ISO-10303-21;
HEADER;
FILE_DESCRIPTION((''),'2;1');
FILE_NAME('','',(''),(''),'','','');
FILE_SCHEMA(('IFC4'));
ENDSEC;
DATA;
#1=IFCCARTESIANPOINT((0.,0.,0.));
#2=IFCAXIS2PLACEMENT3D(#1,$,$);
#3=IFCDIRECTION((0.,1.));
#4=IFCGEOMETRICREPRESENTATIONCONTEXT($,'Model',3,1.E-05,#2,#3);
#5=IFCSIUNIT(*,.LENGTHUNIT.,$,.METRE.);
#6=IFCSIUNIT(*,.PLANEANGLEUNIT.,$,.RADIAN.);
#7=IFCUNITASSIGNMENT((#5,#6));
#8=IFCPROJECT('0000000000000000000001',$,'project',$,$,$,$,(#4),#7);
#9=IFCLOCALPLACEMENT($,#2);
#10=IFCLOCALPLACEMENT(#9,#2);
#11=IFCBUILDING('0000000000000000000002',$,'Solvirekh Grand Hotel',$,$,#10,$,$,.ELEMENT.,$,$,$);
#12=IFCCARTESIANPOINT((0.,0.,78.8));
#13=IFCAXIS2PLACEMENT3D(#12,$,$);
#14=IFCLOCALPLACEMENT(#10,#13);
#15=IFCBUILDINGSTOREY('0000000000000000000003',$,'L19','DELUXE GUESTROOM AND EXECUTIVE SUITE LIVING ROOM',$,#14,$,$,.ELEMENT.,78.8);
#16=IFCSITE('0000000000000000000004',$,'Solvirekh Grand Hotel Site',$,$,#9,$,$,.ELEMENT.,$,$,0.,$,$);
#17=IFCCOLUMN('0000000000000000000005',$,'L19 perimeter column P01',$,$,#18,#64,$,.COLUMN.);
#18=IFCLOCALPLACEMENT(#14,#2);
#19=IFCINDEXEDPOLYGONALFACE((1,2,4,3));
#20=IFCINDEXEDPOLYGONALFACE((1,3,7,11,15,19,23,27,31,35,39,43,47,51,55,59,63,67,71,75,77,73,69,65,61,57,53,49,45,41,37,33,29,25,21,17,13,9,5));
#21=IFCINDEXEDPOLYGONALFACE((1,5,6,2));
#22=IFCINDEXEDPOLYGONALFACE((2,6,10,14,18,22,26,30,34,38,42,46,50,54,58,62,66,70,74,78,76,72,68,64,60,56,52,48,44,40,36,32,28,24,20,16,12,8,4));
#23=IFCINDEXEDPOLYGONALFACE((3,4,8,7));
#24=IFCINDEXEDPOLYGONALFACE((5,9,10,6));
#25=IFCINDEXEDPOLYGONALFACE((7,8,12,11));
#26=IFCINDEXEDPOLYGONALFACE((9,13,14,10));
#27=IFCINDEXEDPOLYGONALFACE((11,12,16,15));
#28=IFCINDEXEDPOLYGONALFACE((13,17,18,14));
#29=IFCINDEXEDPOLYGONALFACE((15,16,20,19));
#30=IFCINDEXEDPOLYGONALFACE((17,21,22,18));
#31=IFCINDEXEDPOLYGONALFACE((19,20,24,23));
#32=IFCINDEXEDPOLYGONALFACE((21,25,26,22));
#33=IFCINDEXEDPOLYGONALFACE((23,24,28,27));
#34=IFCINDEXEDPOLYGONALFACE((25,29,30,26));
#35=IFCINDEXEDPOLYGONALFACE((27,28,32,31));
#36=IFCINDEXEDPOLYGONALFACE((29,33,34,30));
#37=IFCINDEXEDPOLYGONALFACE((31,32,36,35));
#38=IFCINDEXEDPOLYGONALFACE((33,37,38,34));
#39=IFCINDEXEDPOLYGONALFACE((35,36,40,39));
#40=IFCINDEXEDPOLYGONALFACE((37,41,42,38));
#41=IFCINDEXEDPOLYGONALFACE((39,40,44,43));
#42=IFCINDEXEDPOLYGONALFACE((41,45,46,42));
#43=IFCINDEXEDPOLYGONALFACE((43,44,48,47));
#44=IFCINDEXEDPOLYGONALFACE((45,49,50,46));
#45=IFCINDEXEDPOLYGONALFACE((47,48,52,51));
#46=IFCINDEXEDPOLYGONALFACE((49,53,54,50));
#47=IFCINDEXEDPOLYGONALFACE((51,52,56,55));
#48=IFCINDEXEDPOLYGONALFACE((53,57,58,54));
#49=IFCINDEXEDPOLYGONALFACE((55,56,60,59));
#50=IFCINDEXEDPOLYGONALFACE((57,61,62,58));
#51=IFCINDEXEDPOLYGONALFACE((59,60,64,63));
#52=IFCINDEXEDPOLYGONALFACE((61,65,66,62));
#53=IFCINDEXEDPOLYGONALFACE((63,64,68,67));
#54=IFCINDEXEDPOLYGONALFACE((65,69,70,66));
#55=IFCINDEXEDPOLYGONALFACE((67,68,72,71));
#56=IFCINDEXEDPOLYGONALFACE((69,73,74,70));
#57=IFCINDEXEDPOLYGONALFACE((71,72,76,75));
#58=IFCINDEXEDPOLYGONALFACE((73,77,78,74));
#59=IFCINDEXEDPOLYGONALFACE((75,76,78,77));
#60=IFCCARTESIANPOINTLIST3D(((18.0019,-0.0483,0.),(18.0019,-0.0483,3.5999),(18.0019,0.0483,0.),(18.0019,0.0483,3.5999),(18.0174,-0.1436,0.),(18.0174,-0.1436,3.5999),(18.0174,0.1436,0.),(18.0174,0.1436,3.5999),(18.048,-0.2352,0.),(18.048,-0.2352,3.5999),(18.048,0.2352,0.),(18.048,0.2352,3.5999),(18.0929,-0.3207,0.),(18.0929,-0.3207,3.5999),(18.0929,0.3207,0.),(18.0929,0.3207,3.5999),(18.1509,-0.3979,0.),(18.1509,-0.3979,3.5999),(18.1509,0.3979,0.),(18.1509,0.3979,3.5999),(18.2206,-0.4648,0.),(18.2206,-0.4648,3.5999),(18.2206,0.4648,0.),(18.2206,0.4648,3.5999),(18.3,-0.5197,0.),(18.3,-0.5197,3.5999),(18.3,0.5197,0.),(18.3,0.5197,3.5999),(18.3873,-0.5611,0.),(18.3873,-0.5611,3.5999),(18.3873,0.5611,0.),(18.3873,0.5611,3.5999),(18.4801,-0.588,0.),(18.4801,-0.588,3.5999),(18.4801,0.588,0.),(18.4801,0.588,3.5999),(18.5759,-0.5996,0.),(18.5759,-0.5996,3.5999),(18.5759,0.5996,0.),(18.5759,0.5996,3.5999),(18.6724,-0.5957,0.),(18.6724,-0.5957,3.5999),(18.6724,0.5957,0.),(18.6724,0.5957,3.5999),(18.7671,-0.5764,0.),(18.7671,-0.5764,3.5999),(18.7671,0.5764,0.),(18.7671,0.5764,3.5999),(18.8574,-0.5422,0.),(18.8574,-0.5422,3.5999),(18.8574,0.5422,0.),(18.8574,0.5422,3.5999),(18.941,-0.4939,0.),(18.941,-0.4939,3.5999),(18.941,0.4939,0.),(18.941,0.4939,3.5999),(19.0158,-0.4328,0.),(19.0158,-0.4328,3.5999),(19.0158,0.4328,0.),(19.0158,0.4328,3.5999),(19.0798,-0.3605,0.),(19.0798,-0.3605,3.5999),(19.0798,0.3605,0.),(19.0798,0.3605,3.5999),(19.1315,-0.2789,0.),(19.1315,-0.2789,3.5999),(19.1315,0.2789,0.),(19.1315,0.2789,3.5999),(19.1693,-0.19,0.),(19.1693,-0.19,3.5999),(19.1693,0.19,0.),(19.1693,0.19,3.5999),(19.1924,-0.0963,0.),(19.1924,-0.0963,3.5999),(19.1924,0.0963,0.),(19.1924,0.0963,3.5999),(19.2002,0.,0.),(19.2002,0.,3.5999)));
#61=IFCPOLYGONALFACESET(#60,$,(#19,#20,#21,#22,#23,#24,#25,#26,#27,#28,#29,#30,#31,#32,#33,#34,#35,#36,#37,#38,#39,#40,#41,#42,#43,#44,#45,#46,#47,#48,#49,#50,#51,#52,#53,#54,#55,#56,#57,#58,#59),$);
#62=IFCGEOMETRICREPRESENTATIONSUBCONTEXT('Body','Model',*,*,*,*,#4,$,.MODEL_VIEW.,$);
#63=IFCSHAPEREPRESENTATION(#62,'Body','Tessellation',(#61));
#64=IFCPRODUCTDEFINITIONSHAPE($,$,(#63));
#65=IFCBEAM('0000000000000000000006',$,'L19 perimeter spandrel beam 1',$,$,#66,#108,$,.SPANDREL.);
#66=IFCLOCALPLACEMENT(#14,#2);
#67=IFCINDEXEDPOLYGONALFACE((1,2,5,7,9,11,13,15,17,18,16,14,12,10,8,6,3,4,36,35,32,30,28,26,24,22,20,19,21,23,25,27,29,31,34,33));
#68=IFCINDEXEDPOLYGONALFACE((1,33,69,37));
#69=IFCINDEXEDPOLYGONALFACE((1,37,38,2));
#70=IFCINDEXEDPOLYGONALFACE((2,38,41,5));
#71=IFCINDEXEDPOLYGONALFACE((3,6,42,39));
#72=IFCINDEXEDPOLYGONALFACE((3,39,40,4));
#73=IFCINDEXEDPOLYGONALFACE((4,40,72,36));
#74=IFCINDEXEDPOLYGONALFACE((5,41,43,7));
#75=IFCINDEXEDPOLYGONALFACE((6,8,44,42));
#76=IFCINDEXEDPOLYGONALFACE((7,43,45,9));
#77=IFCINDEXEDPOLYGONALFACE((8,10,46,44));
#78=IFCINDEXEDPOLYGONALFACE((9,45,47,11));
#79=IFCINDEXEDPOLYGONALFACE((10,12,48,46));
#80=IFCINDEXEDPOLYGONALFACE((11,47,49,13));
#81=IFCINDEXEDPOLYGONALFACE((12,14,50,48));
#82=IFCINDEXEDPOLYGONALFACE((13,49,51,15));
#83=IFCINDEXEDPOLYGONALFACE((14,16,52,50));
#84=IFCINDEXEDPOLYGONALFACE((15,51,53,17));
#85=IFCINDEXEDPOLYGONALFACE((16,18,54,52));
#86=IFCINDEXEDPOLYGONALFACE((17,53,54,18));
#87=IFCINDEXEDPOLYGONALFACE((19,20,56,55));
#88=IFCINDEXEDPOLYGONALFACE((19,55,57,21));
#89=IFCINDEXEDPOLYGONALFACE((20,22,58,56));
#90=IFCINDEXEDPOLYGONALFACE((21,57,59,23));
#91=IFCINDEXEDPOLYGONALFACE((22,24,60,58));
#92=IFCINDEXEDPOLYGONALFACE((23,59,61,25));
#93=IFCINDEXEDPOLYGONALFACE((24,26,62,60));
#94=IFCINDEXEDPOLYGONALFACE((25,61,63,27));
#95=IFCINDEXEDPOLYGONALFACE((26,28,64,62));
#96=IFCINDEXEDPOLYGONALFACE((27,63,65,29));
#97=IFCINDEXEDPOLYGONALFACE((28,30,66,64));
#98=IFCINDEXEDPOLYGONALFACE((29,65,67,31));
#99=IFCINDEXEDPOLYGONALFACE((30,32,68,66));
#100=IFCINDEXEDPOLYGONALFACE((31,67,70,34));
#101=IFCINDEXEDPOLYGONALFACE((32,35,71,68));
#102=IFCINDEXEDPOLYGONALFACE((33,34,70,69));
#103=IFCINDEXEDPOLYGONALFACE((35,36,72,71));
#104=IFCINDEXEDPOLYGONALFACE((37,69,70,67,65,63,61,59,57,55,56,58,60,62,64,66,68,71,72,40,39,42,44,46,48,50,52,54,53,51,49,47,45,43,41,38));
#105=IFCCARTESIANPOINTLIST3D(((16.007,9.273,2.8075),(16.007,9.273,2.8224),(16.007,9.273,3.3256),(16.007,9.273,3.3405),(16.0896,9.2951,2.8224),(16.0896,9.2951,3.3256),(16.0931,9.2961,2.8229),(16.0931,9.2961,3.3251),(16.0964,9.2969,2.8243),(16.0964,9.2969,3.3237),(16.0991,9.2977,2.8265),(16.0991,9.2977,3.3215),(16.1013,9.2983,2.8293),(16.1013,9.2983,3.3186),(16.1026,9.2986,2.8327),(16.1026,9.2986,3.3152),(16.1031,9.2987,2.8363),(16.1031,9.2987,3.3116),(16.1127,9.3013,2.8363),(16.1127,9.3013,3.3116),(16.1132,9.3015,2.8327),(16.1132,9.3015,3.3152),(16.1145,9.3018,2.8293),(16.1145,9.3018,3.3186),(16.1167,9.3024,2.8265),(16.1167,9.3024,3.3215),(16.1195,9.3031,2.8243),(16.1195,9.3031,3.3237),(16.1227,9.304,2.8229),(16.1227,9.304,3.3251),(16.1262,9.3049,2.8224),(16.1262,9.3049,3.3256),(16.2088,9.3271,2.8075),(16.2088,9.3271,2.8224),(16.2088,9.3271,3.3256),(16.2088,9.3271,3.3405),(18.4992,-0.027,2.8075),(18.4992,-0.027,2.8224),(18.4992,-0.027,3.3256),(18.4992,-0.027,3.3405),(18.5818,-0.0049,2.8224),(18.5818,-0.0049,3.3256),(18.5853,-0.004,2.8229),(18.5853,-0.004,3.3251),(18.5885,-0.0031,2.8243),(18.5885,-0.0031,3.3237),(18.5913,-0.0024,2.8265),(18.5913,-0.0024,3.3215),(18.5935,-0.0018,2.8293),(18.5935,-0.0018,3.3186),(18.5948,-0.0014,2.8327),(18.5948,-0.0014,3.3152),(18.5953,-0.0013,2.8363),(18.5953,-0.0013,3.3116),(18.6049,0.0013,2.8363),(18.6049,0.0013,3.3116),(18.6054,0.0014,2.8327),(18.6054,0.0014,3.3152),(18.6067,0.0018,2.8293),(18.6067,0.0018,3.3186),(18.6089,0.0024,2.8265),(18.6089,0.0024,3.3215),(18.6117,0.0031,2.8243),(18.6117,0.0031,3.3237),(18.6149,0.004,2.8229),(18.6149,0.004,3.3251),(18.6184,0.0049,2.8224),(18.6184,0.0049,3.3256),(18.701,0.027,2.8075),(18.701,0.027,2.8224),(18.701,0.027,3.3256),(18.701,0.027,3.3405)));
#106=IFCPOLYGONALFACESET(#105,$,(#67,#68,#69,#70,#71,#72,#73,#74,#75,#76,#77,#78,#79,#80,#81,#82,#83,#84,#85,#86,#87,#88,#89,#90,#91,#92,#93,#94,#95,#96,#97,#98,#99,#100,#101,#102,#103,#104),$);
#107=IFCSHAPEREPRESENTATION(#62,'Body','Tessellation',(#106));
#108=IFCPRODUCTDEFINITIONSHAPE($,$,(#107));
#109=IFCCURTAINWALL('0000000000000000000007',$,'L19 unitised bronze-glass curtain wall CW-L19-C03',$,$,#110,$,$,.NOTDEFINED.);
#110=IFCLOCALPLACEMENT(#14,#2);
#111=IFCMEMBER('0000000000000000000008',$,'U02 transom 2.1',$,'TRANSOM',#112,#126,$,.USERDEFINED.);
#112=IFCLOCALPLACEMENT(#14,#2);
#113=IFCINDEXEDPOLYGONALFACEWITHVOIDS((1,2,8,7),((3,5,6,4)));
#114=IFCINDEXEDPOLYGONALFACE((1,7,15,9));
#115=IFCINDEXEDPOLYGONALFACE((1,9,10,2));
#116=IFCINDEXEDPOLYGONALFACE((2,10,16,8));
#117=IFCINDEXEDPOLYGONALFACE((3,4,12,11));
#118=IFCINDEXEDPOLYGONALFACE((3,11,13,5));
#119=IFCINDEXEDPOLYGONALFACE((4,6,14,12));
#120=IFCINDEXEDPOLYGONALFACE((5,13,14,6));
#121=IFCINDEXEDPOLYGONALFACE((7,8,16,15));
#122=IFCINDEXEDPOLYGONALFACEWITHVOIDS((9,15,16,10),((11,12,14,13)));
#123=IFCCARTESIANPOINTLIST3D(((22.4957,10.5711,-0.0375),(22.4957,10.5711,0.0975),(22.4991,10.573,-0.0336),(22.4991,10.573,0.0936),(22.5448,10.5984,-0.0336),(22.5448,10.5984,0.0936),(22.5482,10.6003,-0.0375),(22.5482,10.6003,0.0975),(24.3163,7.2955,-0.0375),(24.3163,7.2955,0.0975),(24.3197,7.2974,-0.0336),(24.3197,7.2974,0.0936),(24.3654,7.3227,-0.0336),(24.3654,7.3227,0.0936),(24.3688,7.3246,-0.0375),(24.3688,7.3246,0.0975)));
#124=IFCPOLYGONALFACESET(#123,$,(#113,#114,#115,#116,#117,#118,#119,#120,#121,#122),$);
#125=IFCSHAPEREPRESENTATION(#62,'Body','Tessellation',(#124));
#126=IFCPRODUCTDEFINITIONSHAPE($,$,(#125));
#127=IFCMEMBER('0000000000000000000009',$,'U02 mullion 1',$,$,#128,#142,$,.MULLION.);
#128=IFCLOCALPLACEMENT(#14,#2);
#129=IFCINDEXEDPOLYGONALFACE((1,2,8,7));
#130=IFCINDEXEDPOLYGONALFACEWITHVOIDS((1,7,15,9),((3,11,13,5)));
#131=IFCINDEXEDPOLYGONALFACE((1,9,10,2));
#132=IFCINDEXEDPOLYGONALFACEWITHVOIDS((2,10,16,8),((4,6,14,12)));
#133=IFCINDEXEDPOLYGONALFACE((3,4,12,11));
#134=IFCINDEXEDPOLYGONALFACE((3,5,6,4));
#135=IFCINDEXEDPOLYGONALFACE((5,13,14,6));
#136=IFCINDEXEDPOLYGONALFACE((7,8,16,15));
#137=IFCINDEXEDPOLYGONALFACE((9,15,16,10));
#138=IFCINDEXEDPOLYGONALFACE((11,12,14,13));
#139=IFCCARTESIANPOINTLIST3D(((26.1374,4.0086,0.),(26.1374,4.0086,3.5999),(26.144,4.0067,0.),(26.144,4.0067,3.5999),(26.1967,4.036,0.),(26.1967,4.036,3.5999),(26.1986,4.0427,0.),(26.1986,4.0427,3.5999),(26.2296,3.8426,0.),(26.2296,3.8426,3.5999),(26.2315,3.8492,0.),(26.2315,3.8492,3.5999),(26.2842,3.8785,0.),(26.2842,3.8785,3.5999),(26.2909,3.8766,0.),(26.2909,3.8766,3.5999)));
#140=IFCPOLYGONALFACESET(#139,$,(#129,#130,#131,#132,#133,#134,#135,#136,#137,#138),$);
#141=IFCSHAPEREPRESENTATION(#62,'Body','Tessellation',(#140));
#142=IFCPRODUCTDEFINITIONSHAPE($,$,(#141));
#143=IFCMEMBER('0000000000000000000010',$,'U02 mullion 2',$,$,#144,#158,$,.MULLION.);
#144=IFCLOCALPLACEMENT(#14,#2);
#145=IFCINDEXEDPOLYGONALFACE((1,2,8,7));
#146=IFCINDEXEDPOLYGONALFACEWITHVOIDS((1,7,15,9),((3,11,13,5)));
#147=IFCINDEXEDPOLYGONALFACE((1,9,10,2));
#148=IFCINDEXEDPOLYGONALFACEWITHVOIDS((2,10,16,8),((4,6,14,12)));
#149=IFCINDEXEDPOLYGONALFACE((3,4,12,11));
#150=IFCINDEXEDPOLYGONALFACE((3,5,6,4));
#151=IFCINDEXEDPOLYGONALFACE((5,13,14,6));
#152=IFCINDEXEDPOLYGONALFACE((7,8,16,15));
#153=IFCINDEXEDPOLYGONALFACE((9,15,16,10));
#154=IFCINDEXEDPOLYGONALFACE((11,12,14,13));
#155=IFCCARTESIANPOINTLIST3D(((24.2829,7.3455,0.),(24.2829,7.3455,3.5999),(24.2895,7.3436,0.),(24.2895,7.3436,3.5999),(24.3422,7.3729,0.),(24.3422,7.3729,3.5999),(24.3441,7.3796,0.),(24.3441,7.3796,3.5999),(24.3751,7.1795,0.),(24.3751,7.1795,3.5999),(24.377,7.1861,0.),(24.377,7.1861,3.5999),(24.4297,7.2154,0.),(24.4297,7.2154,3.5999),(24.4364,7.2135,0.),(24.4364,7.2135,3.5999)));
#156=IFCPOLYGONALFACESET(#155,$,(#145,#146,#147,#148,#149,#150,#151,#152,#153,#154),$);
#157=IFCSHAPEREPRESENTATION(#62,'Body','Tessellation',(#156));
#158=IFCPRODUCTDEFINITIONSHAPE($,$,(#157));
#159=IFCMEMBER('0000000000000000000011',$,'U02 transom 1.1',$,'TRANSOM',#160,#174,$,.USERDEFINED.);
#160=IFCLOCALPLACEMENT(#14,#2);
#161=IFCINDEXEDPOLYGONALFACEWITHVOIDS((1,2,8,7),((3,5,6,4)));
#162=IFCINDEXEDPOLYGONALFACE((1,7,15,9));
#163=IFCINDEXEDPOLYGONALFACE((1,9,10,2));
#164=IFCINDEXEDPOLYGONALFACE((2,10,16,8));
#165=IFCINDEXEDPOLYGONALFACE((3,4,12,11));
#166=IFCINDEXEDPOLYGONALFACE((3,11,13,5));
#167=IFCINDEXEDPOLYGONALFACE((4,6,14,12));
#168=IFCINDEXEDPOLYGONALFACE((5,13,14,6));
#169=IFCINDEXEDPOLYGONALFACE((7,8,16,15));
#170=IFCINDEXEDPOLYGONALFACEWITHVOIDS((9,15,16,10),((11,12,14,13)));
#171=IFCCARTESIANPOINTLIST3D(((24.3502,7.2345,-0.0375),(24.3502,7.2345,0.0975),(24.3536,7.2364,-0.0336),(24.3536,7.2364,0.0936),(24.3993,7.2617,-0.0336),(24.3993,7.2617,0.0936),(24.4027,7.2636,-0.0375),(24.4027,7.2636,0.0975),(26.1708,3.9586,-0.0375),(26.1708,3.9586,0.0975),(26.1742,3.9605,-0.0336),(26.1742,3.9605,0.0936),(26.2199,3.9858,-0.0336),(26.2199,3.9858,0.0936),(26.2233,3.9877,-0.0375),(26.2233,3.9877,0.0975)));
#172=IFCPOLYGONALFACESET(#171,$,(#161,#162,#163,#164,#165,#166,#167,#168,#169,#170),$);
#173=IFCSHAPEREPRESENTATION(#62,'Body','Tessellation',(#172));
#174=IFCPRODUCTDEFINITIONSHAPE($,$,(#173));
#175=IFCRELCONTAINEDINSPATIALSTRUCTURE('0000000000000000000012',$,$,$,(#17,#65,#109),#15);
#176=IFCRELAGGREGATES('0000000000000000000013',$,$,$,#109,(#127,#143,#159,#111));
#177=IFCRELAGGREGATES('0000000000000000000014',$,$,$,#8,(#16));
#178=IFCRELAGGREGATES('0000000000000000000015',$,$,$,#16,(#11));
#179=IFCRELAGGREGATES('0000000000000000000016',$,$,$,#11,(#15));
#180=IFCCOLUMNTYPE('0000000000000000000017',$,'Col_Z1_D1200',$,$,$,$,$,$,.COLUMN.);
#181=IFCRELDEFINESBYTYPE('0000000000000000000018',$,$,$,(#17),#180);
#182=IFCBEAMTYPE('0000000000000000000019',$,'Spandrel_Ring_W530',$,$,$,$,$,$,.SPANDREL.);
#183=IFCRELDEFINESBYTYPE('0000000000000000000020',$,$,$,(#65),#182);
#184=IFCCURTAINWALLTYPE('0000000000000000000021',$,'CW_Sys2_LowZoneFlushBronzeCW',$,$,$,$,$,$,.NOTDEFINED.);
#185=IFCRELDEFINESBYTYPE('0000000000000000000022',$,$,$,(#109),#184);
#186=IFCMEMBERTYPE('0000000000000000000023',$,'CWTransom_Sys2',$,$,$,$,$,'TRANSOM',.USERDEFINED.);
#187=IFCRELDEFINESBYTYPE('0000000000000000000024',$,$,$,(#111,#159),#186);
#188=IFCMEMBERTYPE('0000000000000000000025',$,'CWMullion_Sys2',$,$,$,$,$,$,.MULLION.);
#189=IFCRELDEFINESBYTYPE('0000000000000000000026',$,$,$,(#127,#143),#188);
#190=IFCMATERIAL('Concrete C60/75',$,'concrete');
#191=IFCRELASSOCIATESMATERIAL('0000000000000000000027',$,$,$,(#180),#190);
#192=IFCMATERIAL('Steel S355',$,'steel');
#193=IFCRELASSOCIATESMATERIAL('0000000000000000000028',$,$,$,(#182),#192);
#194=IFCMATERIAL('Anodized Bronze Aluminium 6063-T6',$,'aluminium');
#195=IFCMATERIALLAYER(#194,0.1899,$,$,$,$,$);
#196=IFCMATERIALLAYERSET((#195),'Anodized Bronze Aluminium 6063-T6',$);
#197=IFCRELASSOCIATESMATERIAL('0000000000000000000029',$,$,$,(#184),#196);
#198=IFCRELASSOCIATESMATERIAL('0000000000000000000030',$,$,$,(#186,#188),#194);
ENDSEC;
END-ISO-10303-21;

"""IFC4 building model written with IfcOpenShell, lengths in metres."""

from ifc_helpers import new_model, si_unit, direction, frame, origin, origin_2d, place, context, subcontext, project, spatial, hollow_rectangle, circle, i_section, extrude, source, transform, mapped, material, layer, layer_set, material_profile, profile_set, type_object, element, aggregate, save


model = new_model("IFC4")

# Units and contexts
model_context = context("Model", 3, precision=1e-05, world=origin(), true_north=direction((0.0, 1.0)))
body_context = subcontext(model_context, "Body", "Model", "MODEL_VIEW")
ifc_project = project(units=[si_unit("LENGTHUNIT", "METRE"), si_unit("PLANEANGLEUNIT", "RADIAN")], contexts=[model_context])

# Site, building, storey
site_placement = place(None, origin())
site = spatial("IfcSite", under=ifc_project, at=site_placement, Name="Solvirekh Grand Hotel Site", CompositionType="ELEMENT", RefElevation=0.0)
building_placement = place(site_placement, origin())
building = spatial("IfcBuilding", under=site, at=building_placement, Name="Solvirekh Grand Hotel", CompositionType="ELEMENT")
storey_placement = place(building_placement, frame((0.0, 0.0, 78.8)))
storey = spatial("IfcBuildingStorey", under=building, at=storey_placement, Name="L19", Description="DELUXE GUESTROOM AND EXECUTIVE SUITE LIVING ROOM", CompositionType="ELEMENT", Elevation=78.8)

# Column
ifc_material_1 = material(Name="Concrete C60/75", Category="concrete")
ifc_material_profile_1 = material_profile(ifc_material_1, circle(Radius=0.6001, at=origin_2d()), Name="RC CIRC D1200")
ifc_profile_set_1 = profile_set([ifc_material_profile_1], Name="Concrete C60/75")
column_type = type_object("IfcColumnType", Name="Col_Z1_D1200", PredefinedType="COLUMN", material=ifc_profile_set_1)
column_placement = place(storey_placement, frame((18.6001, 0.0, 0.0), z_axis=(0.0, 0.0, 1.0), x_axis=(1.0, 0.0, 0.0)))
element("IfcColumn", 1, at=column_placement, inside=storey, type_object=column_type, Name="L19 perimeter column P01", PredefinedType="COLUMN", context=body_context, shape_type="SweptSolid", body=[
    extrude(circle(Radius=0.6001, at=origin_2d()), origin(), (0.0, 0.0, 1.0), 3.5999),
])

# Beam
ifc_material_2 = material(Name="Steel S355", Category="steel")
ifc_material_profile_2 = material_profile(ifc_material_2, i_section(OverallWidth=0.209, OverallDepth=0.533, WebThickness=0.01, FlangeThickness=0.0149, FilletRadius=0.0139, at=origin_2d()), Name="W530X92")
ifc_profile_set_2 = profile_set([ifc_material_profile_2], Name="Steel S355")
beam_type = type_object("IfcBeamType", Name="Spandrel_Ring_W530", PredefinedType="SPANDREL", material=ifc_profile_set_2)
beam_placement = place(storey_placement, frame((18.6001, 0.0, 3.074), z_axis=(-0.258843, 0.965919, 0.0), x_axis=(-0.965919, -0.258843, 0.0)))
element("IfcBeam", 2, at=beam_placement, inside=storey, type_object=beam_type, Name="L19 perimeter spandrel beam 1", PredefinedType="SPANDREL", context=body_context, shape_type="SweptSolid", body=[
    extrude(i_section(OverallWidth=0.209, OverallDepth=0.533, WebThickness=0.01, FlangeThickness=0.0149, FilletRadius=0.0139, at=origin_2d()), origin(), (0.0, 0.0, 1.0), 9.6282),
])

# Curtain wall, members
ifc_material_3 = material(Name="Anodized Bronze Aluminium 6063-T6", Category="aluminium")
ifc_layer_1 = layer(ifc_material_3, 0.1899)
ifc_layer_set_1 = layer_set([ifc_layer_1], Name="Anodized Bronze Aluminium 6063-T6")
curtain_wall_type = type_object("IfcCurtainWallType", Name="CW_Sys2_LowZoneFlushBronzeCW", PredefinedType="NOTDEFINED", material=ifc_layer_set_1)
curtain_wall_placement = place(storey_placement, origin())
curtain_wall = element("IfcCurtainWall", 3, at=curtain_wall_placement, inside=storey, type_object=curtain_wall_type, Name="L19 unitised bronze-glass curtain wall CW-L19-C03", PredefinedType="NOTDEFINED")
ifc_material_profile_3 = material_profile(ifc_material_3, hollow_rectangle(XDim=0.0601, YDim=0.135, WallThickness=0.0039, at=origin_2d()), Name="ALU RHS 135X60X4")
ifc_profile_set_3 = profile_set([ifc_material_profile_3], Name="Anodized Bronze Aluminium 6063-T6")
member_type_1 = type_object("IfcMemberType", Name="CWTransom_Sys2", ElementType="TRANSOM", PredefinedType="USERDEFINED", material=ifc_profile_set_3)
shared_shape_1 = source(origin(), body_context, "Body", "SweptSolid", [
    extrude(hollow_rectangle(XDim=0.0601, YDim=0.135, WallThickness=0.0039, at=origin_2d()), origin(), (0.0, 0.0, 1.0), 3.7476),
])
member_1_placement = place(storey_placement, frame((24.3425, 7.3101, 0.03), z_axis=(-0.485798, 0.874071, 0.0), x_axis=(-0.874071, -0.485798, 0.0)))
member_1 = element("IfcMember", 4, at=member_1_placement, type_object=member_type_1, Name="U02 transom 2.1", ObjectType="TRANSOM", PredefinedType="USERDEFINED", context=body_context, shape_type="MappedRepresentation", body=[
    mapped(shared_shape_1, transform((0.0, 0.0, 0.0), x_axis=(1.0, 0.0, 0.0), y_axis=(0.0, 1.0, 0.0), z_axis=(0.0, 0.0, 1.0), scale=1.0)),
])
ifc_material_profile_4 = material_profile(ifc_material_3, hollow_rectangle(XDim=0.0701, YDim=0.1899, WallThickness=0.0049, at=origin_2d()), Name="ALU RHS 190X70X5")
ifc_profile_set_4 = profile_set([ifc_material_profile_4], Name="Anodized Bronze Aluminium 6063-T6")
member_type_2 = type_object("IfcMemberType", Name="CWMullion_Sys2", PredefinedType="MULLION", material=ifc_profile_set_4)
shared_shape_2 = source(origin(), body_context, "Body", "SweptSolid", [
    extrude(hollow_rectangle(XDim=0.0701, YDim=0.1899, WallThickness=0.0049, at=origin_2d()), origin(), (0.0, 0.0, 1.0), 3.5999),
])
member_2_placement = place(storey_placement, frame((26.2141, 3.9426, 0.0), z_axis=(0.0, 0.0, 1.0), x_axis=(-0.874084, -0.485775, 0.0)))
member_2 = element("IfcMember", 5, at=member_2_placement, type_object=member_type_2, Name="U02 mullion 1", PredefinedType="MULLION", context=body_context, shape_type="MappedRepresentation", body=[
    mapped(shared_shape_2, transform((0.0, 0.0, 0.0), x_axis=(1.0, 0.0, 0.0), y_axis=(0.0, 1.0, 0.0), z_axis=(0.0, 0.0, 1.0), scale=1.0)),
])
member_3_placement = place(storey_placement, frame((24.3596, 7.2795, 0.0), z_axis=(0.0, 0.0, 1.0), x_axis=(-0.874084, -0.485775, 0.0)))
member_3 = element("IfcMember", 6, at=member_3_placement, type_object=member_type_2, Name="U02 mullion 2", PredefinedType="MULLION", context=body_context, shape_type="MappedRepresentation", body=[
    mapped(shared_shape_2, transform((0.0, 0.0, 0.0), x_axis=(1.0, 0.0, 0.0), y_axis=(0.0, 1.0, 0.0), z_axis=(0.0, 0.0, 1.0), scale=1.0)),
])
shared_shape_3 = source(origin(), body_context, "Body", "SweptSolid", [
    extrude(hollow_rectangle(XDim=0.0601, YDim=0.135, WallThickness=0.0039, at=origin_2d()), origin(), (0.0, 0.0, 1.0), 3.7478),
])
member_4_placement = place(storey_placement, frame((26.197, 3.9731, 0.03), z_axis=(-0.48577, 0.874087, 0.0), x_axis=(-0.874087, -0.48577, 0.0)))
member_4 = element("IfcMember", 7, at=member_4_placement, type_object=member_type_1, Name="U02 transom 1.1", ObjectType="TRANSOM", PredefinedType="USERDEFINED", context=body_context, shape_type="MappedRepresentation", body=[
    mapped(shared_shape_3, transform((0.0, 0.0, 0.0), x_axis=(1.0, 0.0, 0.0), y_axis=(0.0, 1.0, 0.0), z_axis=(0.0, 0.0, 1.0), scale=1.0)),
])
aggregate(curtain_wall, [member_2, member_3, member_4, member_1])

save(model, "model.ifc")
